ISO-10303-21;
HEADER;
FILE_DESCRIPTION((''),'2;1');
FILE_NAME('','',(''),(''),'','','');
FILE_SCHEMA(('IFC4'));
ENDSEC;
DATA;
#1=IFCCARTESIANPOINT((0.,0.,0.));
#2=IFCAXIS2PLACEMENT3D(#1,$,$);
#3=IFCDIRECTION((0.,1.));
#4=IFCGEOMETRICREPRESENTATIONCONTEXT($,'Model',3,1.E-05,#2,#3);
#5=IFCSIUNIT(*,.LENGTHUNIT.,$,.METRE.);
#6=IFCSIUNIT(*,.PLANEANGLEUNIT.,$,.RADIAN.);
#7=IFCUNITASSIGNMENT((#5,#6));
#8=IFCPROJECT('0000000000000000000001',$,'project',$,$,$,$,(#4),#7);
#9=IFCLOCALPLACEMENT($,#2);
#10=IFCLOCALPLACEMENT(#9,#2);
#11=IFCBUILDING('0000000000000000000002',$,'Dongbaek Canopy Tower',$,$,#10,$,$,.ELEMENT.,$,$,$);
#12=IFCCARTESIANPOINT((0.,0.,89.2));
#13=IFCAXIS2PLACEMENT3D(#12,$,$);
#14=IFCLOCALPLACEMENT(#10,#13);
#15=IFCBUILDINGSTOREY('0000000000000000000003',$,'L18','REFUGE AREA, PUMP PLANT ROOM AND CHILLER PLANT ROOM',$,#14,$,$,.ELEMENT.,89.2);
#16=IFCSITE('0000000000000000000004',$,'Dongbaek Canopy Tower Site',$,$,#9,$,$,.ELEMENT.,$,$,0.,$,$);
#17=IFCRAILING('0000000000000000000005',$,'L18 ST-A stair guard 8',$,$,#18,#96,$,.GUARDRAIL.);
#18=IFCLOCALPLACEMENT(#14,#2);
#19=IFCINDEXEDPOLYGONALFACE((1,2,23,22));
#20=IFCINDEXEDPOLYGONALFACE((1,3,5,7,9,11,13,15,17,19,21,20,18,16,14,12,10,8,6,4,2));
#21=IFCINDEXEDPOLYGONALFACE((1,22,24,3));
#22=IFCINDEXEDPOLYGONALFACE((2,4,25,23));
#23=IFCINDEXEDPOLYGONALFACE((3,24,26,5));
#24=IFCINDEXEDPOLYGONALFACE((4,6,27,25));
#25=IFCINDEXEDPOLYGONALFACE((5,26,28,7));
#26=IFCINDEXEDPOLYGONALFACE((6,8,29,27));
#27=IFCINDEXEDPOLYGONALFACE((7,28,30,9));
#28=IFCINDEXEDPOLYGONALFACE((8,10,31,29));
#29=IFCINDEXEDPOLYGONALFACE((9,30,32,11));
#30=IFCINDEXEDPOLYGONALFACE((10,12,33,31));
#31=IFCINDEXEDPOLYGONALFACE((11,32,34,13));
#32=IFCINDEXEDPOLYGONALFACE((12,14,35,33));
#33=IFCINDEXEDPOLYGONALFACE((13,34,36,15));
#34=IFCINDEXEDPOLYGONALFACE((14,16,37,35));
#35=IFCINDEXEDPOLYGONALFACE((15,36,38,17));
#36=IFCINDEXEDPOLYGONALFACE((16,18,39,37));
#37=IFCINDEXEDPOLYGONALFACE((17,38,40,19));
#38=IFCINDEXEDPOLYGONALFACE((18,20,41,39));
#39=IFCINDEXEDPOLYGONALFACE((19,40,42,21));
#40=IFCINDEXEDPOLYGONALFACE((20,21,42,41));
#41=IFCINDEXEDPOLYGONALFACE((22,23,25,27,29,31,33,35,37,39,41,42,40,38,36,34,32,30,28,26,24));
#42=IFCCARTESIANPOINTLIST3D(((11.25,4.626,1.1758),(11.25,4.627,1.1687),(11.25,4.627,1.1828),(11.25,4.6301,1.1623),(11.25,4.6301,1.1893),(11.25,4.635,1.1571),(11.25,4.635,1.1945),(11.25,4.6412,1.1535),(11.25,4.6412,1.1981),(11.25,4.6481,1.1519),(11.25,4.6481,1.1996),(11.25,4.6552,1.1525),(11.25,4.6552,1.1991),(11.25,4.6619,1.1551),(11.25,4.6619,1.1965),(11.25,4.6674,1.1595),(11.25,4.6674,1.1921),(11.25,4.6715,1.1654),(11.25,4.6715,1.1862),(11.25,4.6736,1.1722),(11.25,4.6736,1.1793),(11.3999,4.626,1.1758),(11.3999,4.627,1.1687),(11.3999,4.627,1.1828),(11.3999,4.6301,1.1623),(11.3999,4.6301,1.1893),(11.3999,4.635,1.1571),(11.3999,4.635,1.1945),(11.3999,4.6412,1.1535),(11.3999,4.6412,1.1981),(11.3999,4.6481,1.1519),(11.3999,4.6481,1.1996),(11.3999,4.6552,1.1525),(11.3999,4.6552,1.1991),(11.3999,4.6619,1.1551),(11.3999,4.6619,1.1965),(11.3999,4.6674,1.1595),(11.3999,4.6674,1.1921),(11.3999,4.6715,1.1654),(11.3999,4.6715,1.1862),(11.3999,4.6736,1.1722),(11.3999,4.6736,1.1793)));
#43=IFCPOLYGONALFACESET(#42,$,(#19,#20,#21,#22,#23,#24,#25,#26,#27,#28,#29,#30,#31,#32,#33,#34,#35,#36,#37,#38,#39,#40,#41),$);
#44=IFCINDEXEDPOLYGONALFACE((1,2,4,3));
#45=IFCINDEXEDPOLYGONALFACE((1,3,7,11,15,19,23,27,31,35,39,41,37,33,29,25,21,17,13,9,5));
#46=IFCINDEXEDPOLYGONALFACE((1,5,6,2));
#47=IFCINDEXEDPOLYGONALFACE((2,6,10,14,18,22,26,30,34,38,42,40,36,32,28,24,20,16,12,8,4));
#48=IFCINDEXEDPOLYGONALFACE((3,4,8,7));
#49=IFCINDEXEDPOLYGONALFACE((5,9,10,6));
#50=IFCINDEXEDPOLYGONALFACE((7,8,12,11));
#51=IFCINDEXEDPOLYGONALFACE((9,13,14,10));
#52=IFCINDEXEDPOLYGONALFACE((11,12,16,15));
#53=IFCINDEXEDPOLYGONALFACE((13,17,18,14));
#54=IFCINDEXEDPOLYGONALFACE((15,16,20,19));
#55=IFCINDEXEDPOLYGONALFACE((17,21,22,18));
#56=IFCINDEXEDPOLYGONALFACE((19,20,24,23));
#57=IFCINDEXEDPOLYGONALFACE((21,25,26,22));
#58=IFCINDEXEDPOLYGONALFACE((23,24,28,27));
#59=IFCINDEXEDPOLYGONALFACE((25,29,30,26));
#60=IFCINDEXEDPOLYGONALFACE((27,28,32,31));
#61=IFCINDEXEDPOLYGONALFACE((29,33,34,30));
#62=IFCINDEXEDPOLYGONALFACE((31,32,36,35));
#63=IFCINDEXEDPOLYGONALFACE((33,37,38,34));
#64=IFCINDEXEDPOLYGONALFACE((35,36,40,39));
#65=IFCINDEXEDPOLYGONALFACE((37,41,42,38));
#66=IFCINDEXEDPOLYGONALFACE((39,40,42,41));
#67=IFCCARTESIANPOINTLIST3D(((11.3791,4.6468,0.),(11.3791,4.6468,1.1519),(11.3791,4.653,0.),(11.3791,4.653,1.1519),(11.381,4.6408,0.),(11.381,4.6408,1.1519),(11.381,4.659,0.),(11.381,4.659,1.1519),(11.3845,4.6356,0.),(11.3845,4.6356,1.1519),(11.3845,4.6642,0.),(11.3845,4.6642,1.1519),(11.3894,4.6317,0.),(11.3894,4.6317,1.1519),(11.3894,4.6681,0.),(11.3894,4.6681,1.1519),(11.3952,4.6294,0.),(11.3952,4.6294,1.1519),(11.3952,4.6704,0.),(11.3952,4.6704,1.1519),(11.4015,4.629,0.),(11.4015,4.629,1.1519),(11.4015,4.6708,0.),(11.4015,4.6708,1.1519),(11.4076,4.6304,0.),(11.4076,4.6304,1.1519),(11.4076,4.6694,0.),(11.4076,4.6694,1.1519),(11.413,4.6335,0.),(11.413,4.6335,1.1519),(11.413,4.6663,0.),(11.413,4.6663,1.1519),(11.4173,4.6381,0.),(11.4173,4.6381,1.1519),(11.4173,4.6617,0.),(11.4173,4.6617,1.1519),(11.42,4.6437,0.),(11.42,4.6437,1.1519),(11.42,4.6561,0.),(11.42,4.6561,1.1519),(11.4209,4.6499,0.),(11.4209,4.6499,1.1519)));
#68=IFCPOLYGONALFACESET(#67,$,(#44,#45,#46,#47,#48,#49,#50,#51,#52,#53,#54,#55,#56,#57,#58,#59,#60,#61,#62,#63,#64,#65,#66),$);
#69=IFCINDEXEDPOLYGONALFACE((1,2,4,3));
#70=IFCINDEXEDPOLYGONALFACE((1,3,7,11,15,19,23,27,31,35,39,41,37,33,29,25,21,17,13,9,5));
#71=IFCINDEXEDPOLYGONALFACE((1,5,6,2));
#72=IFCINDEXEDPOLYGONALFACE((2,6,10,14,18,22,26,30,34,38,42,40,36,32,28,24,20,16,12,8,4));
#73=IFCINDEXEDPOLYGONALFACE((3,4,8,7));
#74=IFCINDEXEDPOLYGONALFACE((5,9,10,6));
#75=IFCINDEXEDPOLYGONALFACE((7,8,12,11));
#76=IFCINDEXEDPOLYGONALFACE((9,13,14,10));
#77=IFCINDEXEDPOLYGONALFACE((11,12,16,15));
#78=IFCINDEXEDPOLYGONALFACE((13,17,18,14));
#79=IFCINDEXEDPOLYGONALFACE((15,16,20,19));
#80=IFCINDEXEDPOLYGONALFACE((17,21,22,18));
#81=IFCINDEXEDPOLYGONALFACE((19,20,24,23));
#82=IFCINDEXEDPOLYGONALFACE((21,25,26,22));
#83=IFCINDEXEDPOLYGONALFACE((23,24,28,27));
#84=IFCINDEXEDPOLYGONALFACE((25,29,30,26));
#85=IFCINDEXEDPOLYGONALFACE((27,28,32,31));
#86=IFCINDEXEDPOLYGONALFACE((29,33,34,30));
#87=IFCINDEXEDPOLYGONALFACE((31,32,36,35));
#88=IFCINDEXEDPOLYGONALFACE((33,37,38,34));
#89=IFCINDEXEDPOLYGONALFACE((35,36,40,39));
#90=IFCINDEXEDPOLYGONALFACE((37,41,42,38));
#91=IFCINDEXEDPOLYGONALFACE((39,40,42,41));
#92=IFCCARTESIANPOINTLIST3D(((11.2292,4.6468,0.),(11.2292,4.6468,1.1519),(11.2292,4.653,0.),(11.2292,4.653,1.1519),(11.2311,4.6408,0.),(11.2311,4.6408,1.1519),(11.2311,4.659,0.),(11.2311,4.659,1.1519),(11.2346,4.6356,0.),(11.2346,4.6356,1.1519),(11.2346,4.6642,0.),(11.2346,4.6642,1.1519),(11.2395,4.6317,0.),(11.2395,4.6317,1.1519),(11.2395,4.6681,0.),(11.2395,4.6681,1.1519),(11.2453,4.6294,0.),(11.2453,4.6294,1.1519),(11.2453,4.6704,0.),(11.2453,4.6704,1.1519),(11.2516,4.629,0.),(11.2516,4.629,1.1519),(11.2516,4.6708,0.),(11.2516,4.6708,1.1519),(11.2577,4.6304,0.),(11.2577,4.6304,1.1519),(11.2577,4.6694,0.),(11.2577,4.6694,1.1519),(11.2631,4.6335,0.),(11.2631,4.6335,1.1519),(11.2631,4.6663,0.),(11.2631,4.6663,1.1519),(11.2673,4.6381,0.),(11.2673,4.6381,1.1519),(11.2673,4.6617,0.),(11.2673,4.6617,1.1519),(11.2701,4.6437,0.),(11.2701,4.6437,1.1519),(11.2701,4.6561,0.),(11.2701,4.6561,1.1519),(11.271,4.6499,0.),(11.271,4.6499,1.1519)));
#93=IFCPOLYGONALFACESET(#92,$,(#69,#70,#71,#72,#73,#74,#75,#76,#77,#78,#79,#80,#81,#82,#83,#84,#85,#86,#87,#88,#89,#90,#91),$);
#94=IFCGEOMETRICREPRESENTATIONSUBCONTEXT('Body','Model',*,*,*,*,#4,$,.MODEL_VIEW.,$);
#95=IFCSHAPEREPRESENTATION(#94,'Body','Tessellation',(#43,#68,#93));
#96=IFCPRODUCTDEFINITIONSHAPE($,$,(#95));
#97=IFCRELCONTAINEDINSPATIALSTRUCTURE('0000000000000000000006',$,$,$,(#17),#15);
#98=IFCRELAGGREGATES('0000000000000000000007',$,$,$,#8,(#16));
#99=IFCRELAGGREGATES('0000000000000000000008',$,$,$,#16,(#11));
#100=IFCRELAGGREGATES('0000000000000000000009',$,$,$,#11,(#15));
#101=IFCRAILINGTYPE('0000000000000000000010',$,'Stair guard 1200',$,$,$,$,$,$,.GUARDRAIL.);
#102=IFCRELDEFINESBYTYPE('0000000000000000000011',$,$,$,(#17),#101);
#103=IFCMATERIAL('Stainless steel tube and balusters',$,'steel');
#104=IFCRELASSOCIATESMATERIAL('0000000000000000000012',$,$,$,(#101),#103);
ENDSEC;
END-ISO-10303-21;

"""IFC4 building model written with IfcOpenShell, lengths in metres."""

from ifc_helpers import new_model, si_unit, direction, frame, origin, origin_2d, place, context, subcontext, project, spatial, circle, extrude, material, type_object, element, save


model = new_model("IFC4")

# Units and contexts
model_context = context("Model", 3, precision=1e-05, world=origin(), true_north=direction((0.0, 1.0)))
body_context = subcontext(model_context, "Body", "Model", "MODEL_VIEW")
ifc_project = project(units=[si_unit("LENGTHUNIT", "METRE"), si_unit("PLANEANGLEUNIT", "RADIAN")], contexts=[model_context])

# Site, building, storey
site_placement = place(None, origin())
site = spatial("IfcSite", under=ifc_project, at=site_placement, Name="Dongbaek Canopy Tower Site", CompositionType="ELEMENT", RefElevation=0.0)
building_placement = place(site_placement, origin())
building = spatial("IfcBuilding", under=site, at=building_placement, Name="Dongbaek Canopy Tower", CompositionType="ELEMENT")
storey_placement = place(building_placement, frame((0.0, 0.0, 89.2)))
storey = spatial("IfcBuildingStorey", under=building, at=storey_placement, Name="L18", Description="REFUGE AREA, PUMP PLANT ROOM AND CHILLER PLANT ROOM", CompositionType="ELEMENT", Elevation=89.2)

# Railing
ifc_material_1 = material(Name="Stainless steel tube and balusters", Category="steel")
railing_type_1 = type_object("IfcRailingType", Name="Stair guard 1200", PredefinedType="GUARDRAIL", material=ifc_material_1)
railing_1_placement = place(storey_placement, frame((11.3999, 4.6499, 0.0)))
element("IfcRailing", 1, at=railing_1_placement, inside=storey, type_object=railing_type_1, Name="L18 ST-A stair guard 8", PredefinedType="GUARDRAIL", context=body_context, shape_type="SweptSolid", body=[
    extrude(circle(Radius=0.0239, at=origin_2d()), frame((0.0, 0.0, 1.1758), z_axis=(-1.0, 0.0, 0.0), x_axis=(0.0, -1.0, 0.0)), (0.0, 0.0, 1.0), 0.1499),
    extrude(circle(Radius=0.021, at=origin_2d()), origin(), (0.0, 0.0, 1.0), 1.1519),
    extrude(circle(Radius=0.021, at=origin_2d()), frame((-0.1499, 0.0, 0.0)), (0.0, 0.0, 1.0), 1.1519),
])

save(model, "model.ifc")
